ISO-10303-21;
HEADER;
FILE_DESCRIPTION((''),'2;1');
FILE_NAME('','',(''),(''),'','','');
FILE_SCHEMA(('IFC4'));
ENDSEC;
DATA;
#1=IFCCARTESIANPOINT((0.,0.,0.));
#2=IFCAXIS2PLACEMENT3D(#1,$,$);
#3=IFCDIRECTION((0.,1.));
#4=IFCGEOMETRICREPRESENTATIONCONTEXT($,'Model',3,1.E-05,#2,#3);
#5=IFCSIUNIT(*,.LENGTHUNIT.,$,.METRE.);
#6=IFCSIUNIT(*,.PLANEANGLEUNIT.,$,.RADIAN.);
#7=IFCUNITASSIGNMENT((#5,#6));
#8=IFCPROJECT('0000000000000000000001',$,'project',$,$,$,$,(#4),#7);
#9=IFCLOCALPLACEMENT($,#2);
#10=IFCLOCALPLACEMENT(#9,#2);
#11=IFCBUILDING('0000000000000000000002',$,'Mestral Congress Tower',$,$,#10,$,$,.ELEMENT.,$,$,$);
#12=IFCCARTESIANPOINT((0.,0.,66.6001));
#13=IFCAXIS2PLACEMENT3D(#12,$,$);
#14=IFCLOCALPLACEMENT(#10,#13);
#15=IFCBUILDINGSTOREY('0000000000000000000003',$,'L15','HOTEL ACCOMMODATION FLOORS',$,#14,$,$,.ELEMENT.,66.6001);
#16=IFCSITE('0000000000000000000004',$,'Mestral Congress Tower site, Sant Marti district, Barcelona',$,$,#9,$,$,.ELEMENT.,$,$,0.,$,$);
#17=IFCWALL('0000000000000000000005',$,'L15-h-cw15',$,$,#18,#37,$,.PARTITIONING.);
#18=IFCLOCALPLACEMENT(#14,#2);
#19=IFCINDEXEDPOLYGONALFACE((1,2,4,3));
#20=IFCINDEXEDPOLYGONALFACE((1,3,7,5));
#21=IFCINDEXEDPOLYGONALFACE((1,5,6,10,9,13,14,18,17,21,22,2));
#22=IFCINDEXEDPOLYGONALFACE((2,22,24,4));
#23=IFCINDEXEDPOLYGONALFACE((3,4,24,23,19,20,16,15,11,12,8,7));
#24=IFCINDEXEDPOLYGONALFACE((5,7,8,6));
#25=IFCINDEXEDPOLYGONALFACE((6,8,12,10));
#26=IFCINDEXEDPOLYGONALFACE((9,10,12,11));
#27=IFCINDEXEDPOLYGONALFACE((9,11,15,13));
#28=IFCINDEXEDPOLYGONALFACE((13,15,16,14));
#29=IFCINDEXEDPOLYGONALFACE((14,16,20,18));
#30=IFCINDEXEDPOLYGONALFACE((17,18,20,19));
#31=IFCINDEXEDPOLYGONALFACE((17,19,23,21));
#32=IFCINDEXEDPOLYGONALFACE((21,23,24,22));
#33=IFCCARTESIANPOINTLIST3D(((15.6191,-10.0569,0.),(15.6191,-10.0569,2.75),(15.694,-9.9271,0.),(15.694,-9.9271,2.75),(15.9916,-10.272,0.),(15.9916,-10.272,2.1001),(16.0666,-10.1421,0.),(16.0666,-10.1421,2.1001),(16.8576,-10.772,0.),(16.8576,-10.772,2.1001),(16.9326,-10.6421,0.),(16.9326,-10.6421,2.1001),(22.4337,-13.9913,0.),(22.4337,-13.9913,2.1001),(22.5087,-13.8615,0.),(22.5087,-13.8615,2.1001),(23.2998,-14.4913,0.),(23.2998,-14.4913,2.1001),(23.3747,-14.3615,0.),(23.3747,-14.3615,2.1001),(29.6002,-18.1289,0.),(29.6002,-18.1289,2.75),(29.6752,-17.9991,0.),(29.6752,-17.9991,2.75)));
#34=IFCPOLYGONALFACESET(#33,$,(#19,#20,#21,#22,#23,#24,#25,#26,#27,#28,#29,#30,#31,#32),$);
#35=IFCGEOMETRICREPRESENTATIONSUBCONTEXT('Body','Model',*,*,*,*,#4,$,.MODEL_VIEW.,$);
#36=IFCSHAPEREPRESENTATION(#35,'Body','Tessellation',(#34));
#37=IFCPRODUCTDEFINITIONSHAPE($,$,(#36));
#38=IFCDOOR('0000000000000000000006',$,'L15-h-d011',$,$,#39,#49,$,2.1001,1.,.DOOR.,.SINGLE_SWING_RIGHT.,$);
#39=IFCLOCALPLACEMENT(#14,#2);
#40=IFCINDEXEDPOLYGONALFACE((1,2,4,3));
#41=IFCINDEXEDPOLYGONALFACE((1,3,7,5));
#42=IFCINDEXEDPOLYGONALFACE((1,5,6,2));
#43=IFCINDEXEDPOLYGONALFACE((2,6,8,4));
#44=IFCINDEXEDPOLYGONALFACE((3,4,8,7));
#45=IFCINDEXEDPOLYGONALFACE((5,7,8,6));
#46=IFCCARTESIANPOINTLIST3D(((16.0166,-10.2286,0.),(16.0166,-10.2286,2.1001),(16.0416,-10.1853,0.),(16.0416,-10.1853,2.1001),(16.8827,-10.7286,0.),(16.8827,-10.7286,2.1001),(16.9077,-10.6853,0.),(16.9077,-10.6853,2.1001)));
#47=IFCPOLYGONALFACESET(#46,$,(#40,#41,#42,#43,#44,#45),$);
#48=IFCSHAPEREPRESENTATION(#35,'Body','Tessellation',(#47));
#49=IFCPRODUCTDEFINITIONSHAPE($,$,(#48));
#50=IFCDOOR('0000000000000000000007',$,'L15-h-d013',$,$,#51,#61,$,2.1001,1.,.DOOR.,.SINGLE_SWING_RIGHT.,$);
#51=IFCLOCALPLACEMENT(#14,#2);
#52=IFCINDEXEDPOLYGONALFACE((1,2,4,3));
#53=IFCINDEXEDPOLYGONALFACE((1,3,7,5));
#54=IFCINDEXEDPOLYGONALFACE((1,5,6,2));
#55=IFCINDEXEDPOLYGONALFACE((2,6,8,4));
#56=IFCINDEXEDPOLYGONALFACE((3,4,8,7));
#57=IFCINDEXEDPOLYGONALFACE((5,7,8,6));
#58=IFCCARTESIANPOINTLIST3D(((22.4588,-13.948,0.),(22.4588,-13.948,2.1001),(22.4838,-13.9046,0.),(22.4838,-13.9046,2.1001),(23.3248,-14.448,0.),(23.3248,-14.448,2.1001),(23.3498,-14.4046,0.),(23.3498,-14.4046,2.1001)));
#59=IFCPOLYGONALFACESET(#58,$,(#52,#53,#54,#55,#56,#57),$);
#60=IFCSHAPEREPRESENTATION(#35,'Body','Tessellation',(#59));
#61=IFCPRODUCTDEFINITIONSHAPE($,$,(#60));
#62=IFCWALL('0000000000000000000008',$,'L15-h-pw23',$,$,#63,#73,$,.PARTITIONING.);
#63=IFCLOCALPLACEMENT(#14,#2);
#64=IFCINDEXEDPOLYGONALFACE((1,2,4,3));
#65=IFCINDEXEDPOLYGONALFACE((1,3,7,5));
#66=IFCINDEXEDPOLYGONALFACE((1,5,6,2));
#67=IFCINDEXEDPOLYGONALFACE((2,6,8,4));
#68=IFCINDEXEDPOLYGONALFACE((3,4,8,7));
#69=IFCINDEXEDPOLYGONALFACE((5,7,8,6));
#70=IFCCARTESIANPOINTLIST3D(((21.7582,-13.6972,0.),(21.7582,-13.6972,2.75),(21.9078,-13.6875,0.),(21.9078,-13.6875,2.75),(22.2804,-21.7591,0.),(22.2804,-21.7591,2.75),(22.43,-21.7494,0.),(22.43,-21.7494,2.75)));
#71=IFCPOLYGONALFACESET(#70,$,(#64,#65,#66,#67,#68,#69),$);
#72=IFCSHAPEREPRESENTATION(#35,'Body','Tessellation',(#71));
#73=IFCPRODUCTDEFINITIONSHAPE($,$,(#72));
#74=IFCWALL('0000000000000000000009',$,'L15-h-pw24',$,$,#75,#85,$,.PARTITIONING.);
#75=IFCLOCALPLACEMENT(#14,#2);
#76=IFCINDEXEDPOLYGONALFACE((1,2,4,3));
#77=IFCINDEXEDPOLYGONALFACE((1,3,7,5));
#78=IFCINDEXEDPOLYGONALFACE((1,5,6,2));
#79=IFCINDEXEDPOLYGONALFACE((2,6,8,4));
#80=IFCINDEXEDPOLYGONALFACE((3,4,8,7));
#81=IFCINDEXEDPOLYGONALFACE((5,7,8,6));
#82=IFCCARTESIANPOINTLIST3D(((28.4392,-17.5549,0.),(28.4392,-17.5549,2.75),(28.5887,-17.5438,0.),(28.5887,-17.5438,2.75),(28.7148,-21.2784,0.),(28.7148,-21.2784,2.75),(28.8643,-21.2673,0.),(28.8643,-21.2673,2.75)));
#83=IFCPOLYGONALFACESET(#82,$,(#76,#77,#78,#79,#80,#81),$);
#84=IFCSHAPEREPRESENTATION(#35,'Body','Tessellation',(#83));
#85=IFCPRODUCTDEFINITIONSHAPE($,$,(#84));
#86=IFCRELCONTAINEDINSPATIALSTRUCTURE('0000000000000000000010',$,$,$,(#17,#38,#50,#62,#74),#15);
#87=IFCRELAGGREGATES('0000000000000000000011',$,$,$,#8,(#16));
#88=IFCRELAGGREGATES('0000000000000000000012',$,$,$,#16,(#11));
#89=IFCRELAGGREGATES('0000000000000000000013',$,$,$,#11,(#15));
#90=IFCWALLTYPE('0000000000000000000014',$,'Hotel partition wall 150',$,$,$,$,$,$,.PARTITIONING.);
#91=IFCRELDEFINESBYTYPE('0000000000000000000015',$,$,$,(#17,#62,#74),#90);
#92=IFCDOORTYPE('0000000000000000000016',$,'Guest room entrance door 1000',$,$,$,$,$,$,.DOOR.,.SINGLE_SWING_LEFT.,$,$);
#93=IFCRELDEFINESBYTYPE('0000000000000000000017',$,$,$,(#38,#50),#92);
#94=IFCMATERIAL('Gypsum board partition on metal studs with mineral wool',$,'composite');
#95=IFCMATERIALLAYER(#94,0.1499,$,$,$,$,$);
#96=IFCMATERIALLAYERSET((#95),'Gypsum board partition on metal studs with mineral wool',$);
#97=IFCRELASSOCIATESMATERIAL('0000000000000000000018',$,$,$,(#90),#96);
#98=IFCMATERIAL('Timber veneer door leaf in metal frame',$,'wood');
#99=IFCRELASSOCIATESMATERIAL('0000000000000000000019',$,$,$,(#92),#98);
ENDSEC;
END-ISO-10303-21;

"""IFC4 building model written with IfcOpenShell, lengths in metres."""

from ifc_helpers import new_model, si_unit, direction, frame, frame_2d, origin, place, context, subcontext, project, spatial, rectangle, extrude, material, layer, layer_set, type_object, element, fill, save


model = new_model("IFC4")

# Units and contexts
model_context = context("Model", 3, precision=1e-05, world=origin(), true_north=direction((0.0, 1.0)))
body_context = subcontext(model_context, "Body", "Model", "MODEL_VIEW")
ifc_project = project(units=[si_unit("LENGTHUNIT", "METRE"), si_unit("PLANEANGLEUNIT", "RADIAN")], contexts=[model_context])

# Site, building, storey
site_placement = place(None, origin())
site = spatial("IfcSite", under=ifc_project, at=site_placement, Name="Mestral Congress Tower site, Sant Marti district, Barcelona", CompositionType="ELEMENT", RefElevation=0.0)
building_placement = place(site_placement, origin())
building = spatial("IfcBuilding", under=site, at=building_placement, Name="Mestral Congress Tower", CompositionType="ELEMENT")
storey_placement = place(building_placement, frame((0.0, 0.0, 66.6001)))
storey = spatial("IfcBuildingStorey", under=building, at=storey_placement, Name="L15", Description="HOTEL ACCOMMODATION FLOORS", CompositionType="ELEMENT", Elevation=66.6001)

# Shared definitions
ifc_material_1 = material(Name="Gypsum board partition on metal studs with mineral wool", Category="composite")

# Wall, openings, doors
ifc_layer_1 = layer(ifc_material_1, 0.1499)
ifc_layer_set_1 = layer_set([ifc_layer_1], Name="Gypsum board partition on metal studs with mineral wool")
wall_type_1 = type_object("IfcWallType", Name="Hotel partition wall 150", PredefinedType="PARTITIONING", material=ifc_layer_set_1)
wall_1_placement = place(storey_placement, frame((29.6377, -18.064, 0.0), z_axis=(0.0, 0.0, 1.0), x_axis=(-0.866026, 0.499999, 0.0)))
wall_1 = element("IfcWall", 1, at=wall_1_placement, inside=storey, type_object=wall_type_1, Name="L15-h-cw15", PredefinedType="PARTITIONING", context=body_context, shape_type="SweptSolid", body=[
    extrude(rectangle(XDim=16.144, YDim=0.1499, at=frame_2d((8.072, 0.0))), origin(), (0.0, 0.0, 1.0), 2.75),
])
opening_1_placement = place(wall_1_placement, frame((14.7139, 0.0, 0.0)))
opening_1 = element("IfcOpeningElement", 2, at=opening_1_placement, cuts=wall_1, PredefinedType="OPENING", context=body_context, shape_type="SweptSolid", body=[
    extrude(rectangle(XDim=1.0, YDim=2.1001, at=frame_2d((0.5, 1.05))), frame((0.0, 0.085, 0.0), z_axis=(0.0, -1.0, 0.0), x_axis=(1.0, 0.0, 0.0)), (0.0, 0.0, 1.0), 0.1699),
])
opening_2_placement = place(wall_1_placement, frame((7.2751, 0.0, 0.0)))
opening_2 = element("IfcOpeningElement", 3, at=opening_2_placement, cuts=wall_1, PredefinedType="OPENING", context=body_context, shape_type="SweptSolid", body=[
    extrude(rectangle(XDim=1.0, YDim=2.1001, at=frame_2d((0.5, 1.05))), frame((0.0, 0.085, 0.0), z_axis=(0.0, -1.0, 0.0), x_axis=(1.0, 0.0, 0.0)), (0.0, 0.0, 1.0), 0.1699),
])
ifc_material_2 = material(Name="Timber veneer door leaf in metal frame", Category="wood")
door_type = type_object("IfcDoorType", Name="Guest room entrance door 1000", OperationType="SINGLE_SWING_LEFT", PredefinedType="DOOR", material=ifc_material_2)
door_1_placement = place(opening_1_placement, origin())
door_1 = element("IfcDoor", 4, at=door_1_placement, inside=storey, type_object=door_type, Name="L15-h-d011", OperationType="SINGLE_SWING_RIGHT", OverallHeight=2.1001, OverallWidth=1.0, PredefinedType="DOOR", context=body_context, shape_type="SweptSolid", body=[
    extrude(rectangle(XDim=1.0, YDim=2.1001, at=frame_2d((0.5, 1.05))), frame((0.0, 0.0249, 0.0), z_axis=(0.0, -1.0, 0.0), x_axis=(1.0, 0.0, 0.0)), (0.0, 0.0, 1.0), 0.05),
])
fill(opening_1, door_1)
door_2_placement = place(opening_2_placement, origin())
door_2 = element("IfcDoor", 5, at=door_2_placement, inside=storey, type_object=door_type, Name="L15-h-d013", OperationType="SINGLE_SWING_RIGHT", OverallHeight=2.1001, OverallWidth=1.0, PredefinedType="DOOR", context=body_context, shape_type="SweptSolid", body=[
    extrude(rectangle(XDim=1.0, YDim=2.1001, at=frame_2d((0.5, 1.05))), frame((0.0, 0.0249, 0.0), z_axis=(0.0, -1.0, 0.0), x_axis=(1.0, 0.0, 0.0)), (0.0, 0.0, 1.0), 0.05),
])
fill(opening_2, door_2)

# Walls
wall_2_placement = place(storey_placement, frame((22.3552, -21.7544, 0.0), z_axis=(0.0, 0.0, 1.0), x_axis=(-0.06464, 0.997909, 0.0)))
element("IfcWall", 6, at=wall_2_placement, inside=storey, type_object=wall_type_1, Name="L15-h-pw23", PredefinedType="PARTITIONING", context=body_context, shape_type="SweptSolid", body=[
    extrude(rectangle(XDim=8.0789, YDim=0.1499, at=frame_2d((4.0396, 0.0))), origin(), (0.0, 0.0, 1.0), 2.75),
])
wall_3_placement = place(storey_placement, frame((28.7896, -21.2727, 0.0), z_axis=(0.0, 0.0, 1.0), x_axis=(-0.073826, 0.997271, 0.0)))
element("IfcWall", 7, at=wall_3_placement, inside=storey, type_object=wall_type_1, Name="L15-h-pw24", PredefinedType="PARTITIONING", context=body_context, shape_type="SweptSolid", body=[
    extrude(rectangle(XDim=3.7336, YDim=0.1499, at=frame_2d((1.8667, 0.0))), origin(), (0.0, 0.0, 1.0), 2.75),
])

save(model, "model.ifc")
